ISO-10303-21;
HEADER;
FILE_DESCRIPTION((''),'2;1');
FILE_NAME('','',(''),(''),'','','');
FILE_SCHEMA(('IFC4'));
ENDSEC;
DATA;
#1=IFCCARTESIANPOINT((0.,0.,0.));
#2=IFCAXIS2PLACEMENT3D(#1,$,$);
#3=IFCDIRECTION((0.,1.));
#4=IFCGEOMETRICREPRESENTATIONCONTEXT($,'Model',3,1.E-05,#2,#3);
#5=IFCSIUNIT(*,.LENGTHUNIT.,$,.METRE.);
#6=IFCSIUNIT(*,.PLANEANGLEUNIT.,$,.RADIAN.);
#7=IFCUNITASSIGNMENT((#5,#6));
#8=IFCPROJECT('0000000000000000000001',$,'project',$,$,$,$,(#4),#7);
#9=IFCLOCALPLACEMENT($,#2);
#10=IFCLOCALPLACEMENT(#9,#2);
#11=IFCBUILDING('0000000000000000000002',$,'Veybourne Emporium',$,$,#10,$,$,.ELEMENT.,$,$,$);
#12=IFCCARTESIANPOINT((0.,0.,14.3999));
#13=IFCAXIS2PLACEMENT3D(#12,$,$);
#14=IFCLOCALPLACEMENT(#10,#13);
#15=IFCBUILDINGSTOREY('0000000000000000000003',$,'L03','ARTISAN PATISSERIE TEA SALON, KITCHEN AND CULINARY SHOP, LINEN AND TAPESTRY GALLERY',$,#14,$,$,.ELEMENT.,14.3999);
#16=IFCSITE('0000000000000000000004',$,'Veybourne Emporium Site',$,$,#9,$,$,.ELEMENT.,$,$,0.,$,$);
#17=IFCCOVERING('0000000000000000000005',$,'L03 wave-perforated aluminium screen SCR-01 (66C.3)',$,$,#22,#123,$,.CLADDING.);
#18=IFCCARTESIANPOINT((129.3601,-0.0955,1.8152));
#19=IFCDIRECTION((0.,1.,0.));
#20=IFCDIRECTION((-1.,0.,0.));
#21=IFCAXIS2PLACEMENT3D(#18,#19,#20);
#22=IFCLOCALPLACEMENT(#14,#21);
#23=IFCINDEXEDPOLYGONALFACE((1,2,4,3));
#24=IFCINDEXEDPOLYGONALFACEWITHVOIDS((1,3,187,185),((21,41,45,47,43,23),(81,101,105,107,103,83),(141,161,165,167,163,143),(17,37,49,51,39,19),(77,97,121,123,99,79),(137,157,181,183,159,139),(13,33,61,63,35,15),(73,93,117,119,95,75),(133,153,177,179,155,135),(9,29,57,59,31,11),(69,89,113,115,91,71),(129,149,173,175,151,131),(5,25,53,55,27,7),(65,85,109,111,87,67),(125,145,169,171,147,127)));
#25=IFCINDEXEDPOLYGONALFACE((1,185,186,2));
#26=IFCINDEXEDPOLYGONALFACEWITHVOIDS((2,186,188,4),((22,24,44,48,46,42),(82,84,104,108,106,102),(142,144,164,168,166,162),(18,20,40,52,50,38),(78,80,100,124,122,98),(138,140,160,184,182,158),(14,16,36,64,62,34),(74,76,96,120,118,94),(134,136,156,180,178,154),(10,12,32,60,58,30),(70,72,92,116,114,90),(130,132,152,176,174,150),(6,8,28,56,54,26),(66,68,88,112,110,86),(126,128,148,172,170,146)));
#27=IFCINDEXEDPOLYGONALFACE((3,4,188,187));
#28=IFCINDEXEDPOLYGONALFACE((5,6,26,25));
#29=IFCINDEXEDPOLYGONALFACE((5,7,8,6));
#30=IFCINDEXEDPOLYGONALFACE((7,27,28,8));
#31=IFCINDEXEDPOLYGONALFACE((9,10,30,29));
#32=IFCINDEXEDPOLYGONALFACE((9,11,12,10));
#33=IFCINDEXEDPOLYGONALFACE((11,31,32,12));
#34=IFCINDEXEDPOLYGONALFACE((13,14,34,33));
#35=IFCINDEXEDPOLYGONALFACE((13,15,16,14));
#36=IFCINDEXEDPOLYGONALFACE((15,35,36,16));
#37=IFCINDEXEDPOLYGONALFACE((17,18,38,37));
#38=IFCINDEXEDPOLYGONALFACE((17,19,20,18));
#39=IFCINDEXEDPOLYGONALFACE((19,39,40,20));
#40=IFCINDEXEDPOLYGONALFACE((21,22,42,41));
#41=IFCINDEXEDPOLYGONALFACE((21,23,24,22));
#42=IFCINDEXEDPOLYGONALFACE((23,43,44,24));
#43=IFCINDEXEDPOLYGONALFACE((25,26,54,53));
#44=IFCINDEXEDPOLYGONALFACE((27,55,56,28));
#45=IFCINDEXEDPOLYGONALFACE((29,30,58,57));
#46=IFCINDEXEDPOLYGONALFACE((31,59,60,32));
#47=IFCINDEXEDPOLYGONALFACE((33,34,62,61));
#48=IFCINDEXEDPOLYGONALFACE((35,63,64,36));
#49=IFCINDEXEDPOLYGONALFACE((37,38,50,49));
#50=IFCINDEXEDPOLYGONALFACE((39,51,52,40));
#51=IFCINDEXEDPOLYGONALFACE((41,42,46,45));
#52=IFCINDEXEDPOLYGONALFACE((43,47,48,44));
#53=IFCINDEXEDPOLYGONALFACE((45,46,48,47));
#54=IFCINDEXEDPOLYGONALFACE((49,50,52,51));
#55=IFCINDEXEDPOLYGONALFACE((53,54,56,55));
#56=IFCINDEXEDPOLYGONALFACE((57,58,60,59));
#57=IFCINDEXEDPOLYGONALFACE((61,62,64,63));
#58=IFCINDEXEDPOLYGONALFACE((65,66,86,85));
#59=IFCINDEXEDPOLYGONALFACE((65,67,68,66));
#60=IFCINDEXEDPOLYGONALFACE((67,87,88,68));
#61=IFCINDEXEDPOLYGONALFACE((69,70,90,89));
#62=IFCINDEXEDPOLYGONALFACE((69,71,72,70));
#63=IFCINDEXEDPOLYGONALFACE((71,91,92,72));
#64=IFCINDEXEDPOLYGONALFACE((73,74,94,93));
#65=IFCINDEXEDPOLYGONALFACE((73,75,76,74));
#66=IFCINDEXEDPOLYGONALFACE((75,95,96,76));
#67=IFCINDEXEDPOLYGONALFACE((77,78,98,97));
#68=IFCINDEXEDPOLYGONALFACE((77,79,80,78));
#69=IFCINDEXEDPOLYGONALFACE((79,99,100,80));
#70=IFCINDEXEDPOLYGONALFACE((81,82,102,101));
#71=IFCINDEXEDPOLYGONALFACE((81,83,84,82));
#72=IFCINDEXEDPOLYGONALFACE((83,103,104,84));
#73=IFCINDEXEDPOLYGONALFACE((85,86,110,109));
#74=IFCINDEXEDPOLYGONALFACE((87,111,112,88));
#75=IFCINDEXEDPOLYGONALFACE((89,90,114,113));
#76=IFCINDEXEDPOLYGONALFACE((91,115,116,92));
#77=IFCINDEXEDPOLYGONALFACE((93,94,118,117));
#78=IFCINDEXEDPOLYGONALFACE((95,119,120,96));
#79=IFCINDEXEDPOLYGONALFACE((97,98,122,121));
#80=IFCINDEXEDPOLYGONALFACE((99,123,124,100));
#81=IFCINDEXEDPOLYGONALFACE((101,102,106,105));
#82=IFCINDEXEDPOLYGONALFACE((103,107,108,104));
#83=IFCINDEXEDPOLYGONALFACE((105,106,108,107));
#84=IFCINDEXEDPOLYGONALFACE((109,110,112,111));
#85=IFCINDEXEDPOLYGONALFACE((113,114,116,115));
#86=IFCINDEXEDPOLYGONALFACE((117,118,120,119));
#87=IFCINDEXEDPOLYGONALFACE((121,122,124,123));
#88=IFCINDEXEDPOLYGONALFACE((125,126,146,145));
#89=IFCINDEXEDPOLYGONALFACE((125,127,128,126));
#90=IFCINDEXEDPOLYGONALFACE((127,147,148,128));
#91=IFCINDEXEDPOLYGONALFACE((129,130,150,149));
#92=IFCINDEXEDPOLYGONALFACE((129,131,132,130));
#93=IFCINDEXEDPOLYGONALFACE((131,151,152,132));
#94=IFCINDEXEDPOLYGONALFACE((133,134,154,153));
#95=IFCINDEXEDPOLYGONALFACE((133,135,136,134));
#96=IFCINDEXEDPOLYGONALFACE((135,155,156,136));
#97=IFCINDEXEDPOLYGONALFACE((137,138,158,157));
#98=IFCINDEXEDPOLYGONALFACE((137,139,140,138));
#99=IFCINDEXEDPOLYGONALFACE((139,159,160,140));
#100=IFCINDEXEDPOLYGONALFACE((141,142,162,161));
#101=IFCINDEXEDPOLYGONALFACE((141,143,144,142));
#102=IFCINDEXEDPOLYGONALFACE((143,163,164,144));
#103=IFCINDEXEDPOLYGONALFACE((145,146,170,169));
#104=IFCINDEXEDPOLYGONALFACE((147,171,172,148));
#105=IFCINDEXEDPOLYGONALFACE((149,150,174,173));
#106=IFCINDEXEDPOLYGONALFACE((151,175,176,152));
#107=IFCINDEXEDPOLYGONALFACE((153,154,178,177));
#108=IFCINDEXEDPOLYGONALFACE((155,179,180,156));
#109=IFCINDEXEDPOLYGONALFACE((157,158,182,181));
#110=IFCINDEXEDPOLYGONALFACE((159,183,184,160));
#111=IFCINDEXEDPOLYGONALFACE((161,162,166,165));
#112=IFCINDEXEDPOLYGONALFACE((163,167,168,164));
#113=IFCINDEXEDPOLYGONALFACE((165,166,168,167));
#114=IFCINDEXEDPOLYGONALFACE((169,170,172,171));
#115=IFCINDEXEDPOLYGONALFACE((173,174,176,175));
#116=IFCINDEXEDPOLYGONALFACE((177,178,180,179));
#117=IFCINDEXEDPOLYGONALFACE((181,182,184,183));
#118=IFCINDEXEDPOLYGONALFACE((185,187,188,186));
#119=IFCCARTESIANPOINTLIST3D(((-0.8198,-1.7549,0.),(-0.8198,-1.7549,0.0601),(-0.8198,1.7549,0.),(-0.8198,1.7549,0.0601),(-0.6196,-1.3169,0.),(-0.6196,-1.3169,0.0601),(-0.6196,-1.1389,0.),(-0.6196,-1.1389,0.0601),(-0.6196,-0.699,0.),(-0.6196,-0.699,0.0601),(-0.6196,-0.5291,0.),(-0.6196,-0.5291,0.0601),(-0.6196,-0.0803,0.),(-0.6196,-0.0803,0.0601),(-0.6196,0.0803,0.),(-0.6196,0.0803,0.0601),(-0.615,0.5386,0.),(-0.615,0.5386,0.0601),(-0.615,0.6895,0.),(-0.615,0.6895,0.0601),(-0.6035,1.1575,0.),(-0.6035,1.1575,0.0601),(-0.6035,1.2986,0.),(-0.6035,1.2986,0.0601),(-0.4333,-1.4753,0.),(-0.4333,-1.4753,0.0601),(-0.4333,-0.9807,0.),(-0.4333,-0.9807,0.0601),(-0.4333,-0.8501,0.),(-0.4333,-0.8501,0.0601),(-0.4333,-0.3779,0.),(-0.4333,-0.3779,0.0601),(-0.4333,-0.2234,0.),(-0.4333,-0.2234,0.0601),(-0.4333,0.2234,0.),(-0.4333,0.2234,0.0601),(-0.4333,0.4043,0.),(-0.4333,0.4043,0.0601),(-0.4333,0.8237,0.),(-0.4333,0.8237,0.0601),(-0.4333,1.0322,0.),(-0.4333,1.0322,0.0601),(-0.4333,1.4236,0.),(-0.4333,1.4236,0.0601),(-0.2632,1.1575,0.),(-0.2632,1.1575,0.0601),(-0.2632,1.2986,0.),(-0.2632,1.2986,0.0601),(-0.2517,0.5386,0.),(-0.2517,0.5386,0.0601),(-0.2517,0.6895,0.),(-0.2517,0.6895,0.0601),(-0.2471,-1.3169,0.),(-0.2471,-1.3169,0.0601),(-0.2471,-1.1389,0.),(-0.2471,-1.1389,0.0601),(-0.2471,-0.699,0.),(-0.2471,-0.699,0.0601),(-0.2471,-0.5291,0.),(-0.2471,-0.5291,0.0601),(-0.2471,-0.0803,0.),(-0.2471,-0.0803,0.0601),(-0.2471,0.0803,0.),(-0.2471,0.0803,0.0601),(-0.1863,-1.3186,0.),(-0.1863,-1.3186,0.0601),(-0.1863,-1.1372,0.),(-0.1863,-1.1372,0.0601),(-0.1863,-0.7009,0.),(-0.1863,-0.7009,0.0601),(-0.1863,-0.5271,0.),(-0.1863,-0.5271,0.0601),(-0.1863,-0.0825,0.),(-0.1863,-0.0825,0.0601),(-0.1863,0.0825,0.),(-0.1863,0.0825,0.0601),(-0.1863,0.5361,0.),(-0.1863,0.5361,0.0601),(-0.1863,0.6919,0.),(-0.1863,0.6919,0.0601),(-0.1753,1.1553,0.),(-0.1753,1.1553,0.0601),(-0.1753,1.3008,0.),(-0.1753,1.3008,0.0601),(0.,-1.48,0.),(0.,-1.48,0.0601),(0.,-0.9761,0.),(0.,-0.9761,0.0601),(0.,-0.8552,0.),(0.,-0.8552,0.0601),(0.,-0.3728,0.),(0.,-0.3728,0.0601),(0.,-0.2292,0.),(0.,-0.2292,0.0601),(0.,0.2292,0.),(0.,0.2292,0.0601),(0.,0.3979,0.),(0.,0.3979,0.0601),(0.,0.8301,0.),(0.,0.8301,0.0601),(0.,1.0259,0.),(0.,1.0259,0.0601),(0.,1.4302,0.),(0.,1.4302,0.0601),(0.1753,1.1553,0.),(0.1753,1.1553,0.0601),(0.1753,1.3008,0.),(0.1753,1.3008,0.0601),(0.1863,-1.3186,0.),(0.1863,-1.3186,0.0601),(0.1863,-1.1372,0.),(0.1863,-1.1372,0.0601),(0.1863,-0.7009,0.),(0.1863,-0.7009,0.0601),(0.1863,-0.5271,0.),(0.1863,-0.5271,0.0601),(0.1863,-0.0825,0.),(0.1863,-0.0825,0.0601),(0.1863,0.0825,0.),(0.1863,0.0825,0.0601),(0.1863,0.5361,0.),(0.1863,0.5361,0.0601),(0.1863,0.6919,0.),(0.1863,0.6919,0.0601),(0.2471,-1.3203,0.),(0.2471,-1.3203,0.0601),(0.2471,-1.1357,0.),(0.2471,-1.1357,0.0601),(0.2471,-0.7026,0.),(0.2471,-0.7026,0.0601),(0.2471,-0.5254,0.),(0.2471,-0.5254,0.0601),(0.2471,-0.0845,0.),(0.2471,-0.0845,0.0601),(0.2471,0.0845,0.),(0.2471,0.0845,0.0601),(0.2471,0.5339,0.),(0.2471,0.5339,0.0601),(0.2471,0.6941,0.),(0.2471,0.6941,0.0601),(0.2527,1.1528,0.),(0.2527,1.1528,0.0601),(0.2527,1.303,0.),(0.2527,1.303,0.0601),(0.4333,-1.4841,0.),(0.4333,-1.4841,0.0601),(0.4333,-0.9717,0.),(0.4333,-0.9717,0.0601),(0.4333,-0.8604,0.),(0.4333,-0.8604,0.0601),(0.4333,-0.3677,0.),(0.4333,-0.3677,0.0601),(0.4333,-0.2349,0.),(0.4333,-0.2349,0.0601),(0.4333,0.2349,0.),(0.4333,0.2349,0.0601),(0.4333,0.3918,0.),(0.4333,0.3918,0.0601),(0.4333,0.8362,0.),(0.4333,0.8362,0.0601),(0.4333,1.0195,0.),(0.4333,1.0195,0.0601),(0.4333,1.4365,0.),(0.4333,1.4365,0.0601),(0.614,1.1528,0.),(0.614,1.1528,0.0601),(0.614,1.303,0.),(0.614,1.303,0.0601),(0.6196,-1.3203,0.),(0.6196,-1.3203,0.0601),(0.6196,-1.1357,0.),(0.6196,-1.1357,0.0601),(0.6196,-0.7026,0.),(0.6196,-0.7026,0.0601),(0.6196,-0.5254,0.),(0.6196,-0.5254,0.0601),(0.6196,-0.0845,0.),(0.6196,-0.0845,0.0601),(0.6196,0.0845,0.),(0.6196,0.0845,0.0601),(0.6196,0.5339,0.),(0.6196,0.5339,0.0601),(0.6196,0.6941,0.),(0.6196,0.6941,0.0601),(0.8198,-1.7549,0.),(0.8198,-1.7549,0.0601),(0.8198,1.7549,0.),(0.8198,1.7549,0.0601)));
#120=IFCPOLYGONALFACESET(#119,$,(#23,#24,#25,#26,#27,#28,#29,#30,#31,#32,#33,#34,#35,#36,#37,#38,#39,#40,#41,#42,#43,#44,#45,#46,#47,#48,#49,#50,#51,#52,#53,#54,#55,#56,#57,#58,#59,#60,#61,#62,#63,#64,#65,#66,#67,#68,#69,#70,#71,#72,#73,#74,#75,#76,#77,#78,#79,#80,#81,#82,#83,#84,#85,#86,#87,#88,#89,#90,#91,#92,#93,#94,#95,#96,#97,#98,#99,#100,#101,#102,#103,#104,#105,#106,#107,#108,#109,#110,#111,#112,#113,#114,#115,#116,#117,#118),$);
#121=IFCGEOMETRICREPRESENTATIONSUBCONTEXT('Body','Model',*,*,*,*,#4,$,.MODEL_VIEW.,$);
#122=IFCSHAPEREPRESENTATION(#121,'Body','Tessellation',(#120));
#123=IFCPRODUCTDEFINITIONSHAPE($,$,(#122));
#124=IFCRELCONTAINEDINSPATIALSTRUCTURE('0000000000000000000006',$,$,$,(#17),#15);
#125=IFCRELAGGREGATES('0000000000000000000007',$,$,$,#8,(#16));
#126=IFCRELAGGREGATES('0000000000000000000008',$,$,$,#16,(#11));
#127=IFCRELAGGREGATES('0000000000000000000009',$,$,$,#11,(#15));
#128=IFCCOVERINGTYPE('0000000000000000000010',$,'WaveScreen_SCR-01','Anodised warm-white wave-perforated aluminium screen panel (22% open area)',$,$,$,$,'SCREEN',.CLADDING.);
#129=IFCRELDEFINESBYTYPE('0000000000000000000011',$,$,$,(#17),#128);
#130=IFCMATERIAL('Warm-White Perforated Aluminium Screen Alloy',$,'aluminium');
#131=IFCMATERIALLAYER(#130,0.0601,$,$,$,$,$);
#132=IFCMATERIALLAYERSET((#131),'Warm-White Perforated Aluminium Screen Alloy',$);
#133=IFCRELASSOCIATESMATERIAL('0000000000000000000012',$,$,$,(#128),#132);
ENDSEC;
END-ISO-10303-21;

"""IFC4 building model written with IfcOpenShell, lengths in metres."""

from ifc_helpers import new_model, si_unit, direction, frame, origin, place, context, subcontext, project, spatial, polyline, outline, extrude, material, layer, layer_set, type_object, element, save


model = new_model("IFC4")

# Units and contexts
model_context = context("Model", 3, precision=1e-05, world=origin(), true_north=direction((0.0, 1.0)))
body_context = subcontext(model_context, "Body", "Model", "MODEL_VIEW")
ifc_project = project(units=[si_unit("LENGTHUNIT", "METRE"), si_unit("PLANEANGLEUNIT", "RADIAN")], contexts=[model_context])

# Site, building, storey
site_placement = place(None, origin())
site = spatial("IfcSite", under=ifc_project, at=site_placement, Name="Veybourne Emporium Site", CompositionType="ELEMENT", RefElevation=0.0)
building_placement = place(site_placement, origin())
building = spatial("IfcBuilding", under=site, at=building_placement, Name="Veybourne Emporium", CompositionType="ELEMENT")
storey_placement = place(building_placement, frame((0.0, 0.0, 14.3999)))
storey = spatial("IfcBuildingStorey", under=building, at=storey_placement, Name="L03", Description="ARTISAN PATISSERIE TEA SALON, KITCHEN AND CULINARY SHOP, LINEN AND TAPESTRY GALLERY", CompositionType="ELEMENT", Elevation=14.3999)

# Covering
ifc_material_1 = material(Name="Warm-White Perforated Aluminium Screen Alloy", Category="aluminium")
ifc_layer_1 = layer(ifc_material_1, 0.0601)
ifc_layer_set_1 = layer_set([ifc_layer_1], Name="Warm-White Perforated Aluminium Screen Alloy")
covering_type_1 = type_object("IfcCoveringType", Name="WaveScreen_SCR-01", Description="Anodised warm-white wave-perforated aluminium screen panel (22% open area)", ElementType="SCREEN", PredefinedType="CLADDING", material=ifc_layer_set_1)
covering_1_placement = place(storey_placement, frame((129.3601, -0.0955, 1.8152), z_axis=(0.0, 1.0, 0.0), x_axis=(-1.0, 0.0, 0.0)))
element("IfcCovering", 1, at=covering_1_placement, inside=storey, type_object=covering_type_1, Name="L03 wave-perforated aluminium screen SCR-01 (66C.3)", PredefinedType="CLADDING", context=body_context, shape_type="SweptSolid", body=[
    extrude(outline(polyline([(-0.8198, -1.7549), (0.8198, -1.7549), (0.8198, 1.7549), (-0.8198, 1.7549), (-0.8198, -1.7549)]), holes=[polyline([(-0.4333, -0.9807), (-0.2471, -1.1389), (-0.2471, -1.3169), (-0.4333, -1.4753), (-0.6196, -1.3169), (-0.6196, -1.1389), (-0.4333, -0.9807)]), polyline([(-0.4333, -0.3779), (-0.2471, -0.5291), (-0.2471, -0.699), (-0.4333, -0.8501), (-0.6196, -0.699), (-0.6196, -0.5291), (-0.4333, -0.3779)]), polyline([(-0.4333, 0.2234), (-0.2471, 0.0803), (-0.2471, -0.0803), (-0.4333, -0.2234), (-0.6196, -0.0803), (-0.6196, 0.0803), (-0.4333, 0.2234)]), polyline([(-0.4333, 0.8237), (-0.2517, 0.6895), (-0.2517, 0.5386), (-0.4333, 0.4043), (-0.615, 0.5386), (-0.615, 0.6895), (-0.4333, 0.8237)]), polyline([(-0.4333, 1.4236), (-0.2632, 1.2986), (-0.2632, 1.1575), (-0.4333, 1.0322), (-0.6035, 1.1575), (-0.6035, 1.2986), (-0.4333, 1.4236)]), polyline([(0.0, -0.9761), (0.1863, -1.1372), (0.1863, -1.3186), (0.0, -1.48), (-0.1863, -1.3186), (-0.1863, -1.1372), (0.0, -0.9761)]), polyline([(0.0, -0.3728), (0.1863, -0.5271), (0.1863, -0.7009), (0.0, -0.8552), (-0.1863, -0.7009), (-0.1863, -0.5271), (0.0, -0.3728)]), polyline([(0.0, 0.2292), (0.1863, 0.0825), (0.1863, -0.0825), (0.0, -0.2292), (-0.1863, -0.0825), (-0.1863, 0.0825), (0.0, 0.2292)]), polyline([(0.0, 0.8301), (0.1863, 0.6919), (0.1863, 0.5361), (0.0, 0.3979), (-0.1863, 0.5361), (-0.1863, 0.6919), (0.0, 0.8301)]), polyline([(0.0, 1.4302), (0.1753, 1.3008), (0.1753, 1.1553), (0.0, 1.0259), (-0.1753, 1.1553), (-0.1753, 1.3008), (0.0, 1.4302)]), polyline([(0.4333, -0.9717), (0.6196, -1.1357), (0.6196, -1.3203), (0.4333, -1.4841), (0.2471, -1.3203), (0.2471, -1.1357), (0.4333, -0.9717)]), polyline([(0.4333, -0.3677), (0.6196, -0.5254), (0.6196, -0.7026), (0.4333, -0.8604), (0.2471, -0.7026), (0.2471, -0.5254), (0.4333, -0.3677)]), polyline([(0.4333, 0.2349), (0.6196, 0.0845), (0.6196, -0.0845), (0.4333, -0.2349), (0.2471, -0.0845), (0.2471, 0.0845), (0.4333, 0.2349)]), polyline([(0.4333, 0.8362), (0.6196, 0.6941), (0.6196, 0.5339), (0.4333, 0.3918), (0.2471, 0.5339), (0.2471, 0.6941), (0.4333, 0.8362)]), polyline([(0.4333, 1.4365), (0.614, 1.303), (0.614, 1.1528), (0.4333, 1.0195), (0.2527, 1.1528), (0.2527, 1.303), (0.4333, 1.4365)])]), origin(), (0.0, 0.0, 1.0), 0.0601),
])

save(model, "model.ifc")
